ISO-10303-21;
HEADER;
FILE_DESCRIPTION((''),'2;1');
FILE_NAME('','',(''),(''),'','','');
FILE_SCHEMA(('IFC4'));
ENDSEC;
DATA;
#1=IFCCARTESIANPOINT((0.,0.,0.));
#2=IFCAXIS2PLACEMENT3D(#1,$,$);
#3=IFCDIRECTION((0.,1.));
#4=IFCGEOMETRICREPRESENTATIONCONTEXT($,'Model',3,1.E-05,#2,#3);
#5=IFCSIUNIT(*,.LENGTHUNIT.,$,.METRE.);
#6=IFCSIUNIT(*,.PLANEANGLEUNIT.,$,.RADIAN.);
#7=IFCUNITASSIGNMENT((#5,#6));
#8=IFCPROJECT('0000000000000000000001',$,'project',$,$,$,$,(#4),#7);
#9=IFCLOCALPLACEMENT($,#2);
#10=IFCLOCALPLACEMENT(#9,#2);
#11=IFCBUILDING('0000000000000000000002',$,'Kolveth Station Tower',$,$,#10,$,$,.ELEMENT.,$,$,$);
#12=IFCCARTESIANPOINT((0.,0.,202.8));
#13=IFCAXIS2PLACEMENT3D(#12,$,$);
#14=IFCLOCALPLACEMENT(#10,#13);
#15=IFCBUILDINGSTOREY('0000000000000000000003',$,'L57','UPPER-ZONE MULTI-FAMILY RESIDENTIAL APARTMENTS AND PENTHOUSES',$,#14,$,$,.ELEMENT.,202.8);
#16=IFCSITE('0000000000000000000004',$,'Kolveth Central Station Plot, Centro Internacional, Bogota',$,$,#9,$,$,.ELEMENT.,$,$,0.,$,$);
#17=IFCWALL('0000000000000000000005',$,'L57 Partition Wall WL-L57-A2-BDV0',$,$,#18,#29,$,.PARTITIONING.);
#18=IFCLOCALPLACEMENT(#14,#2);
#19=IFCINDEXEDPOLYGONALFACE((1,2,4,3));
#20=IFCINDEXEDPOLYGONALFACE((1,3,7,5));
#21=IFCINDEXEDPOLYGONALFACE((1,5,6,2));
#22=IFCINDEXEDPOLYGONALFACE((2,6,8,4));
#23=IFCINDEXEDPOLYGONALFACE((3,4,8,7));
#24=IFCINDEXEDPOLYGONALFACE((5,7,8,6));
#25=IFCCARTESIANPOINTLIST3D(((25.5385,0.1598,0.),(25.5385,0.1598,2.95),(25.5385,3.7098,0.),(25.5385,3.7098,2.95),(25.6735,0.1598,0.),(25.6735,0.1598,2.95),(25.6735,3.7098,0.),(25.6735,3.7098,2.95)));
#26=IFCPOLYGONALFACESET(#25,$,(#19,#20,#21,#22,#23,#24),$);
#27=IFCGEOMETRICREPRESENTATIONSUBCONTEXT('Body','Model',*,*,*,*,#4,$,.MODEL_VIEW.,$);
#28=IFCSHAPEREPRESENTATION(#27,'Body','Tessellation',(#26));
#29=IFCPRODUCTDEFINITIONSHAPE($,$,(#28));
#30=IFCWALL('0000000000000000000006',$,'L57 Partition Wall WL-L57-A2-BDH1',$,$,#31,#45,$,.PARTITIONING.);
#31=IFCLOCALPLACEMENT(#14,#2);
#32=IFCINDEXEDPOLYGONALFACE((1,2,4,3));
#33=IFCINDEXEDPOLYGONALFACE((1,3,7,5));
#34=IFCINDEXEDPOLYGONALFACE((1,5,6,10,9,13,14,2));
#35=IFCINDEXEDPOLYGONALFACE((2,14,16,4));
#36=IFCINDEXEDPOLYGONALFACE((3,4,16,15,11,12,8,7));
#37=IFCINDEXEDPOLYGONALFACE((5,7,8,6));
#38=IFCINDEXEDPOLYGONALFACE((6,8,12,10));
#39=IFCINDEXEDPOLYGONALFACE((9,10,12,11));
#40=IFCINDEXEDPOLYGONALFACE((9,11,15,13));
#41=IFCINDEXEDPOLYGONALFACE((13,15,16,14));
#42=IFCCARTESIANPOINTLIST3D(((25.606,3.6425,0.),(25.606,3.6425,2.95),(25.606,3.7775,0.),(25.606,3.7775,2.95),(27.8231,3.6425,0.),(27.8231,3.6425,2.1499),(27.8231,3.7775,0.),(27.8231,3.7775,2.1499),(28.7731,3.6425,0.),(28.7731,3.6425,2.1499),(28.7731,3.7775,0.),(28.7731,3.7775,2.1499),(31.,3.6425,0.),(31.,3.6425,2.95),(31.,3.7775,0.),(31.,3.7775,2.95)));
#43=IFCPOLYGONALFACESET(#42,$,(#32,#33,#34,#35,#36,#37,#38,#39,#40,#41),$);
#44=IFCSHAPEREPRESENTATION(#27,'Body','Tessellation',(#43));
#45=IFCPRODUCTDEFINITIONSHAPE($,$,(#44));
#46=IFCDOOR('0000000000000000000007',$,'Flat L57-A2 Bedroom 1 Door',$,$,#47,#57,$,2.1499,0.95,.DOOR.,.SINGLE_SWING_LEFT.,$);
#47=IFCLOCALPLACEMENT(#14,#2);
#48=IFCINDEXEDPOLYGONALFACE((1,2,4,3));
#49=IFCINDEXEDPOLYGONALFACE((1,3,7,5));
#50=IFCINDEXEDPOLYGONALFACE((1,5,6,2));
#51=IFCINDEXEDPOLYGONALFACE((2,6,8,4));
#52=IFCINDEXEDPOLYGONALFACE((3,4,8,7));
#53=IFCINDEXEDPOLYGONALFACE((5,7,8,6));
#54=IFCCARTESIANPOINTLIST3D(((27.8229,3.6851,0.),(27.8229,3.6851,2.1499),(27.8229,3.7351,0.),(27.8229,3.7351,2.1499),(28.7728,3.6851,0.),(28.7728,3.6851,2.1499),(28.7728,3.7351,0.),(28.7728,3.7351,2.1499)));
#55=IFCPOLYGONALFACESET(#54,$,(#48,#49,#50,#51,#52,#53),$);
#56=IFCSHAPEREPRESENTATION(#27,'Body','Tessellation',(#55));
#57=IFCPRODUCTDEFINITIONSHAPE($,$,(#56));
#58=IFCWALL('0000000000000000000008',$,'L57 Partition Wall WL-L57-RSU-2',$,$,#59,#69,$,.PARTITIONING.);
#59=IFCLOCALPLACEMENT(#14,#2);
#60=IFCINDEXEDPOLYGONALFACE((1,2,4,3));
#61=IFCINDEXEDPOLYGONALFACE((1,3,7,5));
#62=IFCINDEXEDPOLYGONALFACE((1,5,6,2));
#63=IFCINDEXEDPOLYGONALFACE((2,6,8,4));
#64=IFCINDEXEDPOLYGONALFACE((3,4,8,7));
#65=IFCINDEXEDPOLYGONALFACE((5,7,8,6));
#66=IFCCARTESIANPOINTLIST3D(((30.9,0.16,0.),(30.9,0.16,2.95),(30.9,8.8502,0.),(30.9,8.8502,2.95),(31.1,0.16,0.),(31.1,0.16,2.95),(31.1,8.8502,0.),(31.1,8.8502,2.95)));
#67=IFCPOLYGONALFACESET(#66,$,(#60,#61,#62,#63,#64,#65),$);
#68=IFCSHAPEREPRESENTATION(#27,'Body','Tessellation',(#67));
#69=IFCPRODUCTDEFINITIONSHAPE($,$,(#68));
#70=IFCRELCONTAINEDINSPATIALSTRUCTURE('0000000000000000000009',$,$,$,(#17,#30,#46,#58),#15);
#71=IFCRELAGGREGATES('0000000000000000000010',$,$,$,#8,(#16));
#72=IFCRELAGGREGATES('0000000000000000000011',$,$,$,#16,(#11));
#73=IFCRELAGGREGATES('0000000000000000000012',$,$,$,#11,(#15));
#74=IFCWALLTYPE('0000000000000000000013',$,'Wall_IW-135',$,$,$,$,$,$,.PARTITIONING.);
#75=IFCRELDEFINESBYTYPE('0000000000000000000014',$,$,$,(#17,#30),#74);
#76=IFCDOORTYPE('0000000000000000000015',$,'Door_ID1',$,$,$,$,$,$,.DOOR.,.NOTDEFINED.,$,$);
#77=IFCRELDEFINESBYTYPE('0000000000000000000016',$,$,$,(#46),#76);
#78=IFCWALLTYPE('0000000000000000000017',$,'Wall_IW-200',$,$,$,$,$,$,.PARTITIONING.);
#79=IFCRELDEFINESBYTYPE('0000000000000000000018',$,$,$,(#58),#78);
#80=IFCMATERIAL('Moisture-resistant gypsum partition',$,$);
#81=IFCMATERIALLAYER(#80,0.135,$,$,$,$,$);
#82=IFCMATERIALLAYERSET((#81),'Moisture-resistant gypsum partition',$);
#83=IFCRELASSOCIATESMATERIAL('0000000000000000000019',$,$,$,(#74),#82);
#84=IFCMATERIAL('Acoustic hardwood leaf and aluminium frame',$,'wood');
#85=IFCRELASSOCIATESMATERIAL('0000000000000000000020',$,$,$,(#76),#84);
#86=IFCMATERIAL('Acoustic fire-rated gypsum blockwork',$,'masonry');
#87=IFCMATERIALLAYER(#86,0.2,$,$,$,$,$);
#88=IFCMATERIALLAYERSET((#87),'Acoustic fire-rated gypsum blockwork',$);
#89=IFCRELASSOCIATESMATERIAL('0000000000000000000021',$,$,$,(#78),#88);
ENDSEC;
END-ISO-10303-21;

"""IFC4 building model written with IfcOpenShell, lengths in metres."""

from ifc_helpers import new_model, si_unit, direction, frame, frame_2d, origin, place, context, subcontext, project, spatial, rectangle, extrude, material, layer, layer_set, type_object, element, fill, save


model = new_model("IFC4")

# Units and contexts
model_context = context("Model", 3, precision=1e-05, world=origin(), true_north=direction((0.0, 1.0)))
body_context = subcontext(model_context, "Body", "Model", "MODEL_VIEW")
ifc_project = project(units=[si_unit("LENGTHUNIT", "METRE"), si_unit("PLANEANGLEUNIT", "RADIAN")], contexts=[model_context])

# Site, building, storey
site_placement = place(None, origin())
site = spatial("IfcSite", under=ifc_project, at=site_placement, Name="Kolveth Central Station Plot, Centro Internacional, Bogota", CompositionType="ELEMENT", RefElevation=0.0)
building_placement = place(site_placement, origin())
building = spatial("IfcBuilding", under=site, at=building_placement, Name="Kolveth Station Tower", CompositionType="ELEMENT")
storey_placement = place(building_placement, frame((0.0, 0.0, 202.8)))
storey = spatial("IfcBuildingStorey", under=building, at=storey_placement, Name="L57", Description="UPPER-ZONE MULTI-FAMILY RESIDENTIAL APARTMENTS AND PENTHOUSES", CompositionType="ELEMENT", Elevation=202.8)

# Shared definitions
ifc_material_1 = material(Name="Moisture-resistant gypsum partition")
ifc_layer_1 = layer(ifc_material_1, 0.135)
ifc_layer_set_1 = layer_set([ifc_layer_1], Name="Moisture-resistant gypsum partition")
wall_type_1 = type_object("IfcWallType", Name="Wall_IW-135", PredefinedType="PARTITIONING", material=ifc_layer_set_1)
ifc_material_2 = material(Name="Acoustic hardwood leaf and aluminium frame", Category="wood")
door_type_1 = type_object("IfcDoorType", Name="Door_ID1", OperationType="NOTDEFINED", PredefinedType="DOOR", material=ifc_material_2)

# Wall
wall_1_placement = place(storey_placement, frame((25.606, 0.1599, 0.0), z_axis=(0.0, 0.0, 1.0), x_axis=(0.0, 1.0, 0.0)))
element("IfcWall", 1, at=wall_1_placement, inside=storey, type_object=wall_type_1, Name="L57 Partition Wall WL-L57-A2-BDV0", PredefinedType="PARTITIONING", context=body_context, shape_type="SweptSolid", body=[
    extrude(rectangle(XDim=3.55, YDim=0.135, at=frame_2d((1.7749, 0.0))), origin(), (0.0, 0.0, 1.0), 2.95),
])

# Wall, opening, door
wall_2_placement = place(storey_placement, frame((25.606, 3.71, 0.0), z_axis=(0.0, 0.0, 1.0), x_axis=(1.0, 0.0, 0.0)))
wall_2 = element("IfcWall", 2, at=wall_2_placement, inside=storey, type_object=wall_type_1, Name="L57 Partition Wall WL-L57-A2-BDH1", PredefinedType="PARTITIONING", context=body_context, shape_type="SweptSolid", body=[
    extrude(rectangle(XDim=5.394, YDim=0.135, at=frame_2d((2.697, 0.0))), origin(), (0.0, 0.0, 1.0), 2.95),
])
opening_1_placement = place(wall_2_placement, frame((2.217, 0.0, 0.0)))
opening_1 = element("IfcOpeningElement", 3, at=opening_1_placement, cuts=wall_2, PredefinedType="OPENING", context=body_context, shape_type="SweptSolid", body=[
    extrude(rectangle(XDim=0.95, YDim=2.1499, at=frame_2d((0.4751, 1.075))), frame((0.0, 0.0774, 0.0), z_axis=(0.0, -1.0, 0.0), x_axis=(1.0, 0.0, 0.0)), (0.0, 0.0, 1.0), 0.155),
])
door_1_placement = place(opening_1_placement, frame((0.95, 0.0, 0.0), z_axis=(0.0, 0.0, 1.0), x_axis=(-1.0, 0.0, 0.0)))
door_1 = element("IfcDoor", 4, at=door_1_placement, inside=storey, type_object=door_type_1, Name="Flat L57-A2 Bedroom 1 Door", OperationType="SINGLE_SWING_LEFT", OverallHeight=2.1499, OverallWidth=0.95, PredefinedType="DOOR", context=body_context, shape_type="SweptSolid", body=[
    extrude(rectangle(XDim=0.95, YDim=2.1499, at=frame_2d((0.4751, 1.075))), frame((0.0, 0.0249, 0.0), z_axis=(0.0, -1.0, 0.0), x_axis=(1.0, 0.0, 0.0)), (0.0, 0.0, 1.0), 0.05),
])
fill(opening_1, door_1)

# Wall
ifc_material_3 = material(Name="Acoustic fire-rated gypsum blockwork", Category="masonry")
ifc_layer_2 = layer(ifc_material_3, 0.2)
ifc_layer_set_2 = layer_set([ifc_layer_2], Name="Acoustic fire-rated gypsum blockwork")
wall_type_2 = type_object("IfcWallType", Name="Wall_IW-200", PredefinedType="PARTITIONING", material=ifc_layer_set_2)
wall_3_placement = place(storey_placement, frame((31.0, 0.1599, 0.0), z_axis=(0.0, 0.0, 1.0), x_axis=(0.0, 1.0, 0.0)))
element("IfcWall", 5, at=wall_3_placement, inside=storey, type_object=wall_type_2, Name="L57 Partition Wall WL-L57-RSU-2", PredefinedType="PARTITIONING", context=body_context, shape_type="SweptSolid", body=[
    extrude(rectangle(XDim=8.6902, YDim=0.2, at=frame_2d((4.3452, 0.0))), origin(), (0.0, 0.0, 1.0), 2.95),
])

save(model, "model.ifc")
